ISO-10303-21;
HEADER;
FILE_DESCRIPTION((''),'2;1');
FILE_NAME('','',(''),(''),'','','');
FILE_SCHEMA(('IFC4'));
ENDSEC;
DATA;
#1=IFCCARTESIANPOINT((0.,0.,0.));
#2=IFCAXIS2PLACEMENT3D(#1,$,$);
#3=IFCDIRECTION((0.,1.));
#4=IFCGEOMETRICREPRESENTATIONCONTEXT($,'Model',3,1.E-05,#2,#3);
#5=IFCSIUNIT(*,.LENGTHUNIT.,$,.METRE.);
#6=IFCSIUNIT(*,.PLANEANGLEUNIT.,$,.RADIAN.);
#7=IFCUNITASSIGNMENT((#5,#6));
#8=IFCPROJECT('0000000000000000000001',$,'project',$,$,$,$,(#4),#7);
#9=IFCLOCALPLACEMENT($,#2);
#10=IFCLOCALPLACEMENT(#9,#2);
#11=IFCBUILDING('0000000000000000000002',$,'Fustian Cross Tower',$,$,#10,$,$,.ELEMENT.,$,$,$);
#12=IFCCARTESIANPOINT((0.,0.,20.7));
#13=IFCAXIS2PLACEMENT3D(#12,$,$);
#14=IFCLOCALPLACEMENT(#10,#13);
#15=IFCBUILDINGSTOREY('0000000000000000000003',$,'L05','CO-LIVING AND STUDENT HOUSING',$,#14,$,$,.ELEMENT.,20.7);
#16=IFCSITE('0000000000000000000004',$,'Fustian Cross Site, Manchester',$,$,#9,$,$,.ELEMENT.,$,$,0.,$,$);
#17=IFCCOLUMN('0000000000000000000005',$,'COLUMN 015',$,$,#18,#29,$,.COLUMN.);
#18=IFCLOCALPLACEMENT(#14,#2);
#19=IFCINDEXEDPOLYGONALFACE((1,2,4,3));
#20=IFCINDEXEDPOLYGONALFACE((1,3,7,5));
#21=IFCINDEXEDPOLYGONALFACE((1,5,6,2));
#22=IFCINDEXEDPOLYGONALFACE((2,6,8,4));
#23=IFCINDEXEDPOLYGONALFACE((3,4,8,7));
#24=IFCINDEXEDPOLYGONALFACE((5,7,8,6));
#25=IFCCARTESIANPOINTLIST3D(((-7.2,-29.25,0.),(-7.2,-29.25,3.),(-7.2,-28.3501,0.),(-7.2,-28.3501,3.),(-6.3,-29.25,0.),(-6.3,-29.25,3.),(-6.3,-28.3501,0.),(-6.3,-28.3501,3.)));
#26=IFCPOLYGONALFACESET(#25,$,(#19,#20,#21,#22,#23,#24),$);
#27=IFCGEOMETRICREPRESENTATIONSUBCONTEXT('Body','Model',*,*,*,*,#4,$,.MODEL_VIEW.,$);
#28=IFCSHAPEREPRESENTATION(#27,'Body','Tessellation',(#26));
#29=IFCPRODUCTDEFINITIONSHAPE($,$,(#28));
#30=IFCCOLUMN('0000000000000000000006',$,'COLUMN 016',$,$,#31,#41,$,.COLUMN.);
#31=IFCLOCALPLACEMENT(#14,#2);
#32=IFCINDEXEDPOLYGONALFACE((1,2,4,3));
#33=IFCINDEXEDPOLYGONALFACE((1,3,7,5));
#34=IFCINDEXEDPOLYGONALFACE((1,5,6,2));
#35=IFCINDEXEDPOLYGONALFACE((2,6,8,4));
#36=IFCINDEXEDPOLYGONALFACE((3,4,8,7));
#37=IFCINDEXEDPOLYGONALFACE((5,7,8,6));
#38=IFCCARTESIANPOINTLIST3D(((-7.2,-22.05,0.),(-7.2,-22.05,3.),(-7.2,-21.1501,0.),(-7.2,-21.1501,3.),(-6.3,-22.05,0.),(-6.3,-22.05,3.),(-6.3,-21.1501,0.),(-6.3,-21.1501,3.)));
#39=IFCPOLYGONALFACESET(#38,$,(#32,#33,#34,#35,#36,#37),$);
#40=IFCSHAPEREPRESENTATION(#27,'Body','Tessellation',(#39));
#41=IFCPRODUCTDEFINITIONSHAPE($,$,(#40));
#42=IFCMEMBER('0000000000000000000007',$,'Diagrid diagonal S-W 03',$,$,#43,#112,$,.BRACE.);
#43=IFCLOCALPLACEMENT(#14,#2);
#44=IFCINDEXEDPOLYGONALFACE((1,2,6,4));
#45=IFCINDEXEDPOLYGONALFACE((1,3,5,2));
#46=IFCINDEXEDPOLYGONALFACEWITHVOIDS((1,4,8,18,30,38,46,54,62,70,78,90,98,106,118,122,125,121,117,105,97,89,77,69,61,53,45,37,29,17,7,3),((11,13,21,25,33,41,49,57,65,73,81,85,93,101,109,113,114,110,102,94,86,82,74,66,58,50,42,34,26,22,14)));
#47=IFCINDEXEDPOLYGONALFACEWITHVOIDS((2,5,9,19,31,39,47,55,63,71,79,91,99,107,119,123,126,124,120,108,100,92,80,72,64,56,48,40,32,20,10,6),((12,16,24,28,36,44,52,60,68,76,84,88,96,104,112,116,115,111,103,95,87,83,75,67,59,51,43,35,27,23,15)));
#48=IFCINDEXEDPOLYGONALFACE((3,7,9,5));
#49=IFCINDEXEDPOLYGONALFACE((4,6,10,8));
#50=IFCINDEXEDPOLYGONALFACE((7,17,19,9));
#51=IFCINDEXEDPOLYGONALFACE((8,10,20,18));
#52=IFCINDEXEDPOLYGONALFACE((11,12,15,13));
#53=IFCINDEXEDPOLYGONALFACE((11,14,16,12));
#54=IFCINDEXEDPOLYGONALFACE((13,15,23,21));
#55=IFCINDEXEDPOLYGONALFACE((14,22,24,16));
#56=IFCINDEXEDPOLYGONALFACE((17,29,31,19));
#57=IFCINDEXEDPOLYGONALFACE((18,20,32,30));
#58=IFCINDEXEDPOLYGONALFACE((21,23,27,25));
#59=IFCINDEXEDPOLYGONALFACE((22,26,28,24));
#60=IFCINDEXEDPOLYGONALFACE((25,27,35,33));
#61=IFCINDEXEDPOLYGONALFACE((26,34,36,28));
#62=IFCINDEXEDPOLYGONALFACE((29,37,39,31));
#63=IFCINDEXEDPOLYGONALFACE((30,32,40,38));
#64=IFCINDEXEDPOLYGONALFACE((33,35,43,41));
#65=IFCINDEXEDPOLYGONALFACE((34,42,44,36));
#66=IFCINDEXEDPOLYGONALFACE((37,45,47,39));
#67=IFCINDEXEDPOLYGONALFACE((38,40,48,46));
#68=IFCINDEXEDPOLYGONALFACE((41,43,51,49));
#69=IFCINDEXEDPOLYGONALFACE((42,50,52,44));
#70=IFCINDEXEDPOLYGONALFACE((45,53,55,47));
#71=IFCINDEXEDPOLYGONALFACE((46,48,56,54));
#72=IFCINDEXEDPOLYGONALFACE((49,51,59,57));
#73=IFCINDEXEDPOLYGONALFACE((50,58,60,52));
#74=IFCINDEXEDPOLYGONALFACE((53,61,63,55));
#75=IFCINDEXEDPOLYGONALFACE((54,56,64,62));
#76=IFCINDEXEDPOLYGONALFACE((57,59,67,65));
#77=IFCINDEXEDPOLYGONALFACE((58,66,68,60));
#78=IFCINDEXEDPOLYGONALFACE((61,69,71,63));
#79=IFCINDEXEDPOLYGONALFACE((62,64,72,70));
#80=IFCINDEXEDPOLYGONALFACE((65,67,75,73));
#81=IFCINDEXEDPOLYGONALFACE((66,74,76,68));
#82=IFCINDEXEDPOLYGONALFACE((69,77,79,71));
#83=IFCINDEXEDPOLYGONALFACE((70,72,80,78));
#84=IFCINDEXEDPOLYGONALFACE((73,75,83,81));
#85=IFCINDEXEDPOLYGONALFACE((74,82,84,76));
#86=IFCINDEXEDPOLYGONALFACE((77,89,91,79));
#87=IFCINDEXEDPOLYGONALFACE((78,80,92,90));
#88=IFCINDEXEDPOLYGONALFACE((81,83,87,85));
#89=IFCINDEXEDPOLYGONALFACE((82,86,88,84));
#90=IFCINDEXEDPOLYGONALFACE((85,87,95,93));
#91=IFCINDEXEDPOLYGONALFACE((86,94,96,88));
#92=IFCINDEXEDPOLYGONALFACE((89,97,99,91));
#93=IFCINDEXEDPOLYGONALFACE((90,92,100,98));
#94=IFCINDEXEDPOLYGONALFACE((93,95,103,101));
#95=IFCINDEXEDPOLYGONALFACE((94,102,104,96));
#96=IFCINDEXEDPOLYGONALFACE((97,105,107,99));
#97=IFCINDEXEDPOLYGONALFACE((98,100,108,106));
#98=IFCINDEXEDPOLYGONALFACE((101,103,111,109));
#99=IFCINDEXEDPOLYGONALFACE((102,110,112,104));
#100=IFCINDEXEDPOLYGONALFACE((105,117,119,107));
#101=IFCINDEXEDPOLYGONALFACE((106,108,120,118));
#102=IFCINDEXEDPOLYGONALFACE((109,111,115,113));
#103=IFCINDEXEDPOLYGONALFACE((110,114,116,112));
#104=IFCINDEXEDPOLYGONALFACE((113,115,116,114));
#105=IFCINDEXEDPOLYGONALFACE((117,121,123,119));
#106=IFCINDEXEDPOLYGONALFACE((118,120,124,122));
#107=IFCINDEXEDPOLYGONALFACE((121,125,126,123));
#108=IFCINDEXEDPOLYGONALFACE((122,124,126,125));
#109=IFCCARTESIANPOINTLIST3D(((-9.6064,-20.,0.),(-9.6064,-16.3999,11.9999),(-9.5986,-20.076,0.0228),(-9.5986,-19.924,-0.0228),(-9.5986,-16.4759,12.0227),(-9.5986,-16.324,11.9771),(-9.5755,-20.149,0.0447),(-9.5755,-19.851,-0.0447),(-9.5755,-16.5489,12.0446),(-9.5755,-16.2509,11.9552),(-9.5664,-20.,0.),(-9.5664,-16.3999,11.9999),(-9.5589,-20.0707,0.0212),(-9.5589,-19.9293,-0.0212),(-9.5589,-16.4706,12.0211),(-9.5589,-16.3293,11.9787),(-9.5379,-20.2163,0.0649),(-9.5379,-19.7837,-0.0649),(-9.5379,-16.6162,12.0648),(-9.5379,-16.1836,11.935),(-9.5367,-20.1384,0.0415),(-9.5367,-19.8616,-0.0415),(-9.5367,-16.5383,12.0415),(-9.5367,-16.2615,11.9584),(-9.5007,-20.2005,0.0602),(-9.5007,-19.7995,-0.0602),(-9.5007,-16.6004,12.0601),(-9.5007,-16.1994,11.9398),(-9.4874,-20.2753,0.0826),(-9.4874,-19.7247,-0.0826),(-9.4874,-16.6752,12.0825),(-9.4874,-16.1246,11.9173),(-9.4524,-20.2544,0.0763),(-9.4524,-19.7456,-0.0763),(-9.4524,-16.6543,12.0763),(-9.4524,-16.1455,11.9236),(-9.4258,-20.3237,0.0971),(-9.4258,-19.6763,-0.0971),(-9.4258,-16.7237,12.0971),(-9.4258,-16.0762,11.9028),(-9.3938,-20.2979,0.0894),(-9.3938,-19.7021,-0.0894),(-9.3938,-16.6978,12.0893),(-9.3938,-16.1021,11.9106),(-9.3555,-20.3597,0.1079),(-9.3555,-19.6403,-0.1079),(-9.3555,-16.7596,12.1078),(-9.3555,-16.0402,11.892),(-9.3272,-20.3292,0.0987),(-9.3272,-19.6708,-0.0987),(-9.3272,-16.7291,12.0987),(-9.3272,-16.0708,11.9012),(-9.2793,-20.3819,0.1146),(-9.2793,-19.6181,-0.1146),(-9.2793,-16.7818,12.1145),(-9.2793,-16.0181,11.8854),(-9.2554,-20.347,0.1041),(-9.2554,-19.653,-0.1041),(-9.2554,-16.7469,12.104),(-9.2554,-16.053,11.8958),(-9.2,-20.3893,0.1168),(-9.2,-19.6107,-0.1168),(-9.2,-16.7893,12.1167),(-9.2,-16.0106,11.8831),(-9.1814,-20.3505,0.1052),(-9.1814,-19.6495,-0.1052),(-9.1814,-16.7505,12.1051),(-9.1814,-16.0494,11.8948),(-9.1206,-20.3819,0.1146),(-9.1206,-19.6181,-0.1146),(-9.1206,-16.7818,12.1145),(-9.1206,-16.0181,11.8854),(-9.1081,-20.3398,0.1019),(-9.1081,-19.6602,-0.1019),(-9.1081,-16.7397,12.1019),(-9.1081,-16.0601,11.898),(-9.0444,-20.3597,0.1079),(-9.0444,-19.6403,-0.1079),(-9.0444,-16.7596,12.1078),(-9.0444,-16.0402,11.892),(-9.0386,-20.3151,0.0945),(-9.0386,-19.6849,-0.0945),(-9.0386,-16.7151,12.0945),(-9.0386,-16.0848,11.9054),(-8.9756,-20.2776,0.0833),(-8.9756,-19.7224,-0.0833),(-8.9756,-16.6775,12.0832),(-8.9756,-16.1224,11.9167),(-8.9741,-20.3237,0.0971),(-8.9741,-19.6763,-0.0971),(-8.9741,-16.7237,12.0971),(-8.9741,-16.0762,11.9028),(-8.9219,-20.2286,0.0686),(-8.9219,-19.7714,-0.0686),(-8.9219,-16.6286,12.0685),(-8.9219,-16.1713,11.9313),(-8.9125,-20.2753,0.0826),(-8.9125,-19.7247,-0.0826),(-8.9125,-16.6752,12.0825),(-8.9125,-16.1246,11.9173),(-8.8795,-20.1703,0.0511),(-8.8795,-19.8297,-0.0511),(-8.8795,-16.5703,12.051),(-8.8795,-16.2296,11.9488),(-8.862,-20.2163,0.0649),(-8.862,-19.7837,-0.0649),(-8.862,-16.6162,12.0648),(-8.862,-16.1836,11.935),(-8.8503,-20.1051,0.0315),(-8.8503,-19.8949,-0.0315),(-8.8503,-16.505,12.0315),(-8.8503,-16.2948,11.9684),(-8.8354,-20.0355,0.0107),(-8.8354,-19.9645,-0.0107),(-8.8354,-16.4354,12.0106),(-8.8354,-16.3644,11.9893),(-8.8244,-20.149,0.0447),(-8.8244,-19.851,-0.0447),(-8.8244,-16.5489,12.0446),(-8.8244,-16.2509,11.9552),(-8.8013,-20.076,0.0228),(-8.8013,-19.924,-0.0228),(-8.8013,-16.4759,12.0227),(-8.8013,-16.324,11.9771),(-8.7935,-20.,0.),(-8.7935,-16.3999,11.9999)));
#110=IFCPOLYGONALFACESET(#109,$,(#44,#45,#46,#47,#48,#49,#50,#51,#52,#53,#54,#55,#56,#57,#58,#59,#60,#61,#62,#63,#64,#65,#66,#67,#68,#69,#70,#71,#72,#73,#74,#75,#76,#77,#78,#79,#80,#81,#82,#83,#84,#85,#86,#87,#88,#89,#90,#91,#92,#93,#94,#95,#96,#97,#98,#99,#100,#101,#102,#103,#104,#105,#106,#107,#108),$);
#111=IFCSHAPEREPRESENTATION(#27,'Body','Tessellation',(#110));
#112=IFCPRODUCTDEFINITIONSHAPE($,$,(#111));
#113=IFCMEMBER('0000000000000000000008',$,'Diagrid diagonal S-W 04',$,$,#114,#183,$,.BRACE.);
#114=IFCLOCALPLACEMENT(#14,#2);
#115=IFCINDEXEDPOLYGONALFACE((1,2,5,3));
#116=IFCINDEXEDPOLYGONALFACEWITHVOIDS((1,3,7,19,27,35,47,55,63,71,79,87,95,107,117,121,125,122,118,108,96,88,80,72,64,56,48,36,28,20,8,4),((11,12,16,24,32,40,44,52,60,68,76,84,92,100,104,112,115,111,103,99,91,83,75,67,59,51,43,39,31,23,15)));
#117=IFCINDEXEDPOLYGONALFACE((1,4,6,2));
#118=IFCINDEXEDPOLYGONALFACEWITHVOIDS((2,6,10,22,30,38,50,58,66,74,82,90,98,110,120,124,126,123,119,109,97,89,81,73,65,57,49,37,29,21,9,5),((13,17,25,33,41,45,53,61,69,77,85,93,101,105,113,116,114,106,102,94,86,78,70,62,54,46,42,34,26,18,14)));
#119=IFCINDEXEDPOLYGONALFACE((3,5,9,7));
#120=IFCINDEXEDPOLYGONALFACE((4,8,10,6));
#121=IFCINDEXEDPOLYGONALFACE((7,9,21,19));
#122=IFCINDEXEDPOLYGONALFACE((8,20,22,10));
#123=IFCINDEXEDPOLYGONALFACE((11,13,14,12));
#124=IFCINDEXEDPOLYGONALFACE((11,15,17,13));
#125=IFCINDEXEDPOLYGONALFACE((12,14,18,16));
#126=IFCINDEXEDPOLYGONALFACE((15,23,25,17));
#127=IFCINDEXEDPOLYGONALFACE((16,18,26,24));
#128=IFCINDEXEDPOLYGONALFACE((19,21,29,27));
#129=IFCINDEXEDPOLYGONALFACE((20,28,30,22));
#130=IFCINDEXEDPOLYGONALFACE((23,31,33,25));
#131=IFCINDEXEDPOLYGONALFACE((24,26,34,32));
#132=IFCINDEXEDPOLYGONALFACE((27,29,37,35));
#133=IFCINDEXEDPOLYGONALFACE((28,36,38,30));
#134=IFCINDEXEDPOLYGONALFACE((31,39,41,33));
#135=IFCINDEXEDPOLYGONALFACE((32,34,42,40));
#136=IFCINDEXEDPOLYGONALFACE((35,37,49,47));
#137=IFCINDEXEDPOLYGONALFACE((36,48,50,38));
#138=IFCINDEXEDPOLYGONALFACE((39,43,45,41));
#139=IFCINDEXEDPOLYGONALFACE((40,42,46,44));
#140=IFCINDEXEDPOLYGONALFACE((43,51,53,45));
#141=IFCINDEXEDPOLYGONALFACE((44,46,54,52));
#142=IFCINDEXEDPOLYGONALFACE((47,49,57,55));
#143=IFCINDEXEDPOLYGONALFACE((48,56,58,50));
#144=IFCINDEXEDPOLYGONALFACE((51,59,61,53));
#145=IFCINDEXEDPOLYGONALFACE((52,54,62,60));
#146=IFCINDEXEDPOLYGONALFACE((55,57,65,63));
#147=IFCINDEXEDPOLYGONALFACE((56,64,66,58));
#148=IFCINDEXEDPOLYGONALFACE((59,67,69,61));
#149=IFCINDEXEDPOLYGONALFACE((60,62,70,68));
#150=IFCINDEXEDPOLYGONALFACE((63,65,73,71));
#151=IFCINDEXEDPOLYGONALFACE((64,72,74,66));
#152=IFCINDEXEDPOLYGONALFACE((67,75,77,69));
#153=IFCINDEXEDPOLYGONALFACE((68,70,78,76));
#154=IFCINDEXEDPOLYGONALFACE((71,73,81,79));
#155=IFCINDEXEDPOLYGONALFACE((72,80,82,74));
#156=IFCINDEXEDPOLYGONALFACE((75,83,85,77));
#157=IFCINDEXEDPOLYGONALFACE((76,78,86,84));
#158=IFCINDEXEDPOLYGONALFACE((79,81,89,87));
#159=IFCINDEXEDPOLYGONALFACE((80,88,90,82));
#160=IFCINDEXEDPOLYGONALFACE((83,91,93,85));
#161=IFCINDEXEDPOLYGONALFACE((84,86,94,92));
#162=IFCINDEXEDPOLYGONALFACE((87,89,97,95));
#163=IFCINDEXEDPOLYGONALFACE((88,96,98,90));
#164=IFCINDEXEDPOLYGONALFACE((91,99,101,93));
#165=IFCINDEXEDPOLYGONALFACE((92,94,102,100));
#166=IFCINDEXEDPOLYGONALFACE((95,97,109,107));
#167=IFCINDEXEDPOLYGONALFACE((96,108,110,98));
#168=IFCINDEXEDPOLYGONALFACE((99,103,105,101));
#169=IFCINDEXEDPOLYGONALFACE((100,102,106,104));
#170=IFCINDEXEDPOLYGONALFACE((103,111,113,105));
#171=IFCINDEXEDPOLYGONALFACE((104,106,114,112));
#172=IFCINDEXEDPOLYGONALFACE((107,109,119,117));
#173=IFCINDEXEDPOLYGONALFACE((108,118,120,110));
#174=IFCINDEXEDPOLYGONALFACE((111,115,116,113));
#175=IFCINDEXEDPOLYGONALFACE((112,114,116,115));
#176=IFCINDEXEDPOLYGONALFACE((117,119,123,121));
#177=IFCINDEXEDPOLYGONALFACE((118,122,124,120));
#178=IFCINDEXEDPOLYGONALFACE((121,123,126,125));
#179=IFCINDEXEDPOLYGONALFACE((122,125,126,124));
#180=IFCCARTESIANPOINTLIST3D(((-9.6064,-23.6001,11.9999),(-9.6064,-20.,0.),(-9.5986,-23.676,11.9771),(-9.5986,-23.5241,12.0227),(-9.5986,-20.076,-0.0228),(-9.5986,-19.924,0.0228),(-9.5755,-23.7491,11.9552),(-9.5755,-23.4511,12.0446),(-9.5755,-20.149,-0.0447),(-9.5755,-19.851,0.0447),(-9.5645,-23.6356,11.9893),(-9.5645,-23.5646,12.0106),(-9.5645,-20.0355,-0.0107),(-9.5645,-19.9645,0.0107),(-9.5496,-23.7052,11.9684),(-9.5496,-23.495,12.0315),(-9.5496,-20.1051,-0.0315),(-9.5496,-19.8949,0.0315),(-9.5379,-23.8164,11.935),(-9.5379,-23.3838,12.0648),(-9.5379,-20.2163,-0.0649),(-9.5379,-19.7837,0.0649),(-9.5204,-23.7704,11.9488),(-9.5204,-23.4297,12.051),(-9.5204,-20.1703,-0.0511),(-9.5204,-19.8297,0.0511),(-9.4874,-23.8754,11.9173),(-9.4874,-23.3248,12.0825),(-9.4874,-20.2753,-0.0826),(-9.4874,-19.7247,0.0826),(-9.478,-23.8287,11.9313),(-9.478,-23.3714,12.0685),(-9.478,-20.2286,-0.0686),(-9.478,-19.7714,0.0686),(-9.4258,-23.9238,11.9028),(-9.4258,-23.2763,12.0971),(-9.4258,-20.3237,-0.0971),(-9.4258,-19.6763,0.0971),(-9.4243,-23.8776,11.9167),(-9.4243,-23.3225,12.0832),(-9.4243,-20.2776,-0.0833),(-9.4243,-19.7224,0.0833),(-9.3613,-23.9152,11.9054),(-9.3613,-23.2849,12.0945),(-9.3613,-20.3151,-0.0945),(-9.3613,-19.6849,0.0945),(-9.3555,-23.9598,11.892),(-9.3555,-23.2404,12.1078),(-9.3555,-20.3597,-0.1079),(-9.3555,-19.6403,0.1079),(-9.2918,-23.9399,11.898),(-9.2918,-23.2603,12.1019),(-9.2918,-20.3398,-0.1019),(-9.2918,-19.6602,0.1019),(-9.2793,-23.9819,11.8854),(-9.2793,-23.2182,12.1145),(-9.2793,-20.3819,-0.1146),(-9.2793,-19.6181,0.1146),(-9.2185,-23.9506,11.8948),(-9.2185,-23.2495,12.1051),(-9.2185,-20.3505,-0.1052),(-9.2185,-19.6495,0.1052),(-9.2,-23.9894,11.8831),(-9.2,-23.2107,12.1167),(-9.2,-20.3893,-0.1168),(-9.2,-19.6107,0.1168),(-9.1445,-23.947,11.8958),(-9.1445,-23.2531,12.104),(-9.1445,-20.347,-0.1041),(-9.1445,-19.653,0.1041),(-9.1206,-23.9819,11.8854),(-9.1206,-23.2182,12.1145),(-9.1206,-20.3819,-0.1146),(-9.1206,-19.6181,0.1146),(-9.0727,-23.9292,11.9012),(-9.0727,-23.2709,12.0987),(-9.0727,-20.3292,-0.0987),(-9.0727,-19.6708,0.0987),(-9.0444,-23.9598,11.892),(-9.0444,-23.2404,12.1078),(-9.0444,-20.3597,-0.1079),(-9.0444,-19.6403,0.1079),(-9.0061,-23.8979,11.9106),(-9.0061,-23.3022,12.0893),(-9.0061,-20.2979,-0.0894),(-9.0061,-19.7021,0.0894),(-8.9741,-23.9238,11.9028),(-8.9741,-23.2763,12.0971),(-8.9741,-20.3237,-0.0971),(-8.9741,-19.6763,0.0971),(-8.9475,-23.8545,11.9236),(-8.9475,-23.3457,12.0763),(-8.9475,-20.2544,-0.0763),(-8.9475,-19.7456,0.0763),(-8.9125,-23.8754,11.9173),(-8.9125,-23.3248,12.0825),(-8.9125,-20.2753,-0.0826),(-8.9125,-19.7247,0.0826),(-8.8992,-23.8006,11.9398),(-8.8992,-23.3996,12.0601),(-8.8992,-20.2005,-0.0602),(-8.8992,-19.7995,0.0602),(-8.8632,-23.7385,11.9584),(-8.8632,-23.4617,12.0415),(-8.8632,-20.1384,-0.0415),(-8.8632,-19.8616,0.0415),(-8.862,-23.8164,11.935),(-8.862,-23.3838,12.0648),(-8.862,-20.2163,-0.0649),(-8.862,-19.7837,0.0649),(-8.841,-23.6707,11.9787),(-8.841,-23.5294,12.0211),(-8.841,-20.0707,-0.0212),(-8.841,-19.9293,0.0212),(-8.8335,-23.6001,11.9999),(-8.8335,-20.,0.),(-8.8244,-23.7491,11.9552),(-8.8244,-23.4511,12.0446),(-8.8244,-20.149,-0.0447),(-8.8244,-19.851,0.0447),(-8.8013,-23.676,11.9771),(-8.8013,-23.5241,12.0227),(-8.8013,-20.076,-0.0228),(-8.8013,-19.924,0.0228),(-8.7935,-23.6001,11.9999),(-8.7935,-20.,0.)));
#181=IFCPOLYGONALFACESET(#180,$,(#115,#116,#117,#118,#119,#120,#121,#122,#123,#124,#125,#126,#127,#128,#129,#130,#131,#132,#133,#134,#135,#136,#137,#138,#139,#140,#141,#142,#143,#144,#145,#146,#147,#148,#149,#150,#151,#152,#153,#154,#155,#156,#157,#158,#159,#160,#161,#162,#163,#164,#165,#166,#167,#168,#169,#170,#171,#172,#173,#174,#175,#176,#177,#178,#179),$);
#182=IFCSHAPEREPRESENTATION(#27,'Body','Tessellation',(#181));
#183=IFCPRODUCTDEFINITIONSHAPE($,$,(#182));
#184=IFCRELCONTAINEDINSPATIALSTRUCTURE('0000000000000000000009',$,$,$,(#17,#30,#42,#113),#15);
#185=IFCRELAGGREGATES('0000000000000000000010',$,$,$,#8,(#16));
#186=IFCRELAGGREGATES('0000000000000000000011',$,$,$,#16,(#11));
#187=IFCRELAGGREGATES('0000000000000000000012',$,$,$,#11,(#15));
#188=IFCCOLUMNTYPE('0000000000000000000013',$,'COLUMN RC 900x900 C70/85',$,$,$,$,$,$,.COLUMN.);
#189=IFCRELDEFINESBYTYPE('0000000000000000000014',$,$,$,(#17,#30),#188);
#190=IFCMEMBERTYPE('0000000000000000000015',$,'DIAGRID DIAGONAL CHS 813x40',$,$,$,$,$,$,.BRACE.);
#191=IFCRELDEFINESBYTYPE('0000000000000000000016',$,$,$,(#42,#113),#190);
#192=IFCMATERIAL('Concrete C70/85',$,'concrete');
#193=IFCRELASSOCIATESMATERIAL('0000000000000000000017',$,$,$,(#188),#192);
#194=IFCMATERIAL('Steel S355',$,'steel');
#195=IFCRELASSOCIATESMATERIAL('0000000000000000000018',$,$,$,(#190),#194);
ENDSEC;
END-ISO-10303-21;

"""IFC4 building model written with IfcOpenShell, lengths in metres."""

from ifc_helpers import new_model, si_unit, direction, frame, origin, origin_2d, place, context, subcontext, project, spatial, rectangle, hollow_circle, extrude, material, material_profile, profile_set, type_object, element, save


model = new_model("IFC4")

# Units and contexts
model_context = context("Model", 3, precision=1e-05, world=origin(), true_north=direction((0.0, 1.0)))
body_context = subcontext(model_context, "Body", "Model", "MODEL_VIEW")
ifc_project = project(units=[si_unit("LENGTHUNIT", "METRE"), si_unit("PLANEANGLEUNIT", "RADIAN")], contexts=[model_context])

# Site, building, storey
site_placement = place(None, origin())
site = spatial("IfcSite", under=ifc_project, at=site_placement, Name="Fustian Cross Site, Manchester", CompositionType="ELEMENT", RefElevation=0.0)
building_placement = place(site_placement, origin())
building = spatial("IfcBuilding", under=site, at=building_placement, Name="Fustian Cross Tower", CompositionType="ELEMENT")
storey_placement = place(building_placement, frame((0.0, 0.0, 20.7)))
storey = spatial("IfcBuildingStorey", under=building, at=storey_placement, Name="L05", Description="CO-LIVING AND STUDENT HOUSING", CompositionType="ELEMENT", Elevation=20.7)

# Columns
ifc_material_1 = material(Name="Concrete C70/85", Category="concrete")
ifc_material_profile_1 = material_profile(ifc_material_1, rectangle(XDim=0.8999, YDim=0.8999, at=origin_2d()), Name="RC 900x900")
ifc_profile_set_1 = profile_set([ifc_material_profile_1], Name="Concrete C70/85")
column_type = type_object("IfcColumnType", Name="COLUMN RC 900x900 C70/85", PredefinedType="COLUMN", material=ifc_profile_set_1)
for number, where, z_axis, x_axis, name in (
    (1, (-6.75, -28.8, 0.0), (0.0, 0.0, 1.0), (1.0, 0.0, 0.0), "COLUMN 015"),
    (2, (-6.75, -21.6001, 0.0), (0.0, 0.0, 1.0), (1.0, 0.0, 0.0), "COLUMN 016"),
):
    element("IfcColumn", number, at=place(storey_placement, frame(where, z_axis=z_axis, x_axis=x_axis)), inside=storey, type_object=column_type, Name=name, PredefinedType="COLUMN", context=body_context, shape_type="SweptSolid", body=[
        extrude(rectangle(XDim=0.8999, YDim=0.8999, at=origin_2d()), origin(), (0.0, 0.0, 1.0), 3.0),
    ])

# Members
ifc_material_2 = material(Name="Steel S355", Category="steel")
ifc_material_profile_2 = material_profile(ifc_material_2, hollow_circle(Radius=0.4065, WallThickness=0.04, at=origin_2d()), Name="CHS 813x40")
ifc_profile_set_2 = profile_set([ifc_material_profile_2], Name="Steel S355")
member_type = type_object("IfcMemberType", Name="DIAGRID DIAGONAL CHS 813x40", PredefinedType="BRACE", material=ifc_profile_set_2)
for number, where, z_axis, x_axis, name in (
    (3, (-9.2, -20.0, 0.0), (0.0, 0.287355, 0.957824), (-1.0, 0.0, 0.0), "Diagrid diagonal S-W 03"),
    (4, (-9.2, -20.0, 0.0), (0.0, -0.287355, 0.957824), (1.0, 0.0, 0.0), "Diagrid diagonal S-W 04"),
):
    element("IfcMember", number, at=place(storey_placement, frame(where, z_axis=z_axis, x_axis=x_axis)), inside=storey, type_object=member_type, Name=name, PredefinedType="BRACE", context=body_context, shape_type="SweptSolid", body=[
        extrude(hollow_circle(Radius=0.4065, WallThickness=0.04, at=origin_2d()), origin(), (0.0, 0.0, 1.0), 12.5283),
    ])

save(model, "model.ifc")
